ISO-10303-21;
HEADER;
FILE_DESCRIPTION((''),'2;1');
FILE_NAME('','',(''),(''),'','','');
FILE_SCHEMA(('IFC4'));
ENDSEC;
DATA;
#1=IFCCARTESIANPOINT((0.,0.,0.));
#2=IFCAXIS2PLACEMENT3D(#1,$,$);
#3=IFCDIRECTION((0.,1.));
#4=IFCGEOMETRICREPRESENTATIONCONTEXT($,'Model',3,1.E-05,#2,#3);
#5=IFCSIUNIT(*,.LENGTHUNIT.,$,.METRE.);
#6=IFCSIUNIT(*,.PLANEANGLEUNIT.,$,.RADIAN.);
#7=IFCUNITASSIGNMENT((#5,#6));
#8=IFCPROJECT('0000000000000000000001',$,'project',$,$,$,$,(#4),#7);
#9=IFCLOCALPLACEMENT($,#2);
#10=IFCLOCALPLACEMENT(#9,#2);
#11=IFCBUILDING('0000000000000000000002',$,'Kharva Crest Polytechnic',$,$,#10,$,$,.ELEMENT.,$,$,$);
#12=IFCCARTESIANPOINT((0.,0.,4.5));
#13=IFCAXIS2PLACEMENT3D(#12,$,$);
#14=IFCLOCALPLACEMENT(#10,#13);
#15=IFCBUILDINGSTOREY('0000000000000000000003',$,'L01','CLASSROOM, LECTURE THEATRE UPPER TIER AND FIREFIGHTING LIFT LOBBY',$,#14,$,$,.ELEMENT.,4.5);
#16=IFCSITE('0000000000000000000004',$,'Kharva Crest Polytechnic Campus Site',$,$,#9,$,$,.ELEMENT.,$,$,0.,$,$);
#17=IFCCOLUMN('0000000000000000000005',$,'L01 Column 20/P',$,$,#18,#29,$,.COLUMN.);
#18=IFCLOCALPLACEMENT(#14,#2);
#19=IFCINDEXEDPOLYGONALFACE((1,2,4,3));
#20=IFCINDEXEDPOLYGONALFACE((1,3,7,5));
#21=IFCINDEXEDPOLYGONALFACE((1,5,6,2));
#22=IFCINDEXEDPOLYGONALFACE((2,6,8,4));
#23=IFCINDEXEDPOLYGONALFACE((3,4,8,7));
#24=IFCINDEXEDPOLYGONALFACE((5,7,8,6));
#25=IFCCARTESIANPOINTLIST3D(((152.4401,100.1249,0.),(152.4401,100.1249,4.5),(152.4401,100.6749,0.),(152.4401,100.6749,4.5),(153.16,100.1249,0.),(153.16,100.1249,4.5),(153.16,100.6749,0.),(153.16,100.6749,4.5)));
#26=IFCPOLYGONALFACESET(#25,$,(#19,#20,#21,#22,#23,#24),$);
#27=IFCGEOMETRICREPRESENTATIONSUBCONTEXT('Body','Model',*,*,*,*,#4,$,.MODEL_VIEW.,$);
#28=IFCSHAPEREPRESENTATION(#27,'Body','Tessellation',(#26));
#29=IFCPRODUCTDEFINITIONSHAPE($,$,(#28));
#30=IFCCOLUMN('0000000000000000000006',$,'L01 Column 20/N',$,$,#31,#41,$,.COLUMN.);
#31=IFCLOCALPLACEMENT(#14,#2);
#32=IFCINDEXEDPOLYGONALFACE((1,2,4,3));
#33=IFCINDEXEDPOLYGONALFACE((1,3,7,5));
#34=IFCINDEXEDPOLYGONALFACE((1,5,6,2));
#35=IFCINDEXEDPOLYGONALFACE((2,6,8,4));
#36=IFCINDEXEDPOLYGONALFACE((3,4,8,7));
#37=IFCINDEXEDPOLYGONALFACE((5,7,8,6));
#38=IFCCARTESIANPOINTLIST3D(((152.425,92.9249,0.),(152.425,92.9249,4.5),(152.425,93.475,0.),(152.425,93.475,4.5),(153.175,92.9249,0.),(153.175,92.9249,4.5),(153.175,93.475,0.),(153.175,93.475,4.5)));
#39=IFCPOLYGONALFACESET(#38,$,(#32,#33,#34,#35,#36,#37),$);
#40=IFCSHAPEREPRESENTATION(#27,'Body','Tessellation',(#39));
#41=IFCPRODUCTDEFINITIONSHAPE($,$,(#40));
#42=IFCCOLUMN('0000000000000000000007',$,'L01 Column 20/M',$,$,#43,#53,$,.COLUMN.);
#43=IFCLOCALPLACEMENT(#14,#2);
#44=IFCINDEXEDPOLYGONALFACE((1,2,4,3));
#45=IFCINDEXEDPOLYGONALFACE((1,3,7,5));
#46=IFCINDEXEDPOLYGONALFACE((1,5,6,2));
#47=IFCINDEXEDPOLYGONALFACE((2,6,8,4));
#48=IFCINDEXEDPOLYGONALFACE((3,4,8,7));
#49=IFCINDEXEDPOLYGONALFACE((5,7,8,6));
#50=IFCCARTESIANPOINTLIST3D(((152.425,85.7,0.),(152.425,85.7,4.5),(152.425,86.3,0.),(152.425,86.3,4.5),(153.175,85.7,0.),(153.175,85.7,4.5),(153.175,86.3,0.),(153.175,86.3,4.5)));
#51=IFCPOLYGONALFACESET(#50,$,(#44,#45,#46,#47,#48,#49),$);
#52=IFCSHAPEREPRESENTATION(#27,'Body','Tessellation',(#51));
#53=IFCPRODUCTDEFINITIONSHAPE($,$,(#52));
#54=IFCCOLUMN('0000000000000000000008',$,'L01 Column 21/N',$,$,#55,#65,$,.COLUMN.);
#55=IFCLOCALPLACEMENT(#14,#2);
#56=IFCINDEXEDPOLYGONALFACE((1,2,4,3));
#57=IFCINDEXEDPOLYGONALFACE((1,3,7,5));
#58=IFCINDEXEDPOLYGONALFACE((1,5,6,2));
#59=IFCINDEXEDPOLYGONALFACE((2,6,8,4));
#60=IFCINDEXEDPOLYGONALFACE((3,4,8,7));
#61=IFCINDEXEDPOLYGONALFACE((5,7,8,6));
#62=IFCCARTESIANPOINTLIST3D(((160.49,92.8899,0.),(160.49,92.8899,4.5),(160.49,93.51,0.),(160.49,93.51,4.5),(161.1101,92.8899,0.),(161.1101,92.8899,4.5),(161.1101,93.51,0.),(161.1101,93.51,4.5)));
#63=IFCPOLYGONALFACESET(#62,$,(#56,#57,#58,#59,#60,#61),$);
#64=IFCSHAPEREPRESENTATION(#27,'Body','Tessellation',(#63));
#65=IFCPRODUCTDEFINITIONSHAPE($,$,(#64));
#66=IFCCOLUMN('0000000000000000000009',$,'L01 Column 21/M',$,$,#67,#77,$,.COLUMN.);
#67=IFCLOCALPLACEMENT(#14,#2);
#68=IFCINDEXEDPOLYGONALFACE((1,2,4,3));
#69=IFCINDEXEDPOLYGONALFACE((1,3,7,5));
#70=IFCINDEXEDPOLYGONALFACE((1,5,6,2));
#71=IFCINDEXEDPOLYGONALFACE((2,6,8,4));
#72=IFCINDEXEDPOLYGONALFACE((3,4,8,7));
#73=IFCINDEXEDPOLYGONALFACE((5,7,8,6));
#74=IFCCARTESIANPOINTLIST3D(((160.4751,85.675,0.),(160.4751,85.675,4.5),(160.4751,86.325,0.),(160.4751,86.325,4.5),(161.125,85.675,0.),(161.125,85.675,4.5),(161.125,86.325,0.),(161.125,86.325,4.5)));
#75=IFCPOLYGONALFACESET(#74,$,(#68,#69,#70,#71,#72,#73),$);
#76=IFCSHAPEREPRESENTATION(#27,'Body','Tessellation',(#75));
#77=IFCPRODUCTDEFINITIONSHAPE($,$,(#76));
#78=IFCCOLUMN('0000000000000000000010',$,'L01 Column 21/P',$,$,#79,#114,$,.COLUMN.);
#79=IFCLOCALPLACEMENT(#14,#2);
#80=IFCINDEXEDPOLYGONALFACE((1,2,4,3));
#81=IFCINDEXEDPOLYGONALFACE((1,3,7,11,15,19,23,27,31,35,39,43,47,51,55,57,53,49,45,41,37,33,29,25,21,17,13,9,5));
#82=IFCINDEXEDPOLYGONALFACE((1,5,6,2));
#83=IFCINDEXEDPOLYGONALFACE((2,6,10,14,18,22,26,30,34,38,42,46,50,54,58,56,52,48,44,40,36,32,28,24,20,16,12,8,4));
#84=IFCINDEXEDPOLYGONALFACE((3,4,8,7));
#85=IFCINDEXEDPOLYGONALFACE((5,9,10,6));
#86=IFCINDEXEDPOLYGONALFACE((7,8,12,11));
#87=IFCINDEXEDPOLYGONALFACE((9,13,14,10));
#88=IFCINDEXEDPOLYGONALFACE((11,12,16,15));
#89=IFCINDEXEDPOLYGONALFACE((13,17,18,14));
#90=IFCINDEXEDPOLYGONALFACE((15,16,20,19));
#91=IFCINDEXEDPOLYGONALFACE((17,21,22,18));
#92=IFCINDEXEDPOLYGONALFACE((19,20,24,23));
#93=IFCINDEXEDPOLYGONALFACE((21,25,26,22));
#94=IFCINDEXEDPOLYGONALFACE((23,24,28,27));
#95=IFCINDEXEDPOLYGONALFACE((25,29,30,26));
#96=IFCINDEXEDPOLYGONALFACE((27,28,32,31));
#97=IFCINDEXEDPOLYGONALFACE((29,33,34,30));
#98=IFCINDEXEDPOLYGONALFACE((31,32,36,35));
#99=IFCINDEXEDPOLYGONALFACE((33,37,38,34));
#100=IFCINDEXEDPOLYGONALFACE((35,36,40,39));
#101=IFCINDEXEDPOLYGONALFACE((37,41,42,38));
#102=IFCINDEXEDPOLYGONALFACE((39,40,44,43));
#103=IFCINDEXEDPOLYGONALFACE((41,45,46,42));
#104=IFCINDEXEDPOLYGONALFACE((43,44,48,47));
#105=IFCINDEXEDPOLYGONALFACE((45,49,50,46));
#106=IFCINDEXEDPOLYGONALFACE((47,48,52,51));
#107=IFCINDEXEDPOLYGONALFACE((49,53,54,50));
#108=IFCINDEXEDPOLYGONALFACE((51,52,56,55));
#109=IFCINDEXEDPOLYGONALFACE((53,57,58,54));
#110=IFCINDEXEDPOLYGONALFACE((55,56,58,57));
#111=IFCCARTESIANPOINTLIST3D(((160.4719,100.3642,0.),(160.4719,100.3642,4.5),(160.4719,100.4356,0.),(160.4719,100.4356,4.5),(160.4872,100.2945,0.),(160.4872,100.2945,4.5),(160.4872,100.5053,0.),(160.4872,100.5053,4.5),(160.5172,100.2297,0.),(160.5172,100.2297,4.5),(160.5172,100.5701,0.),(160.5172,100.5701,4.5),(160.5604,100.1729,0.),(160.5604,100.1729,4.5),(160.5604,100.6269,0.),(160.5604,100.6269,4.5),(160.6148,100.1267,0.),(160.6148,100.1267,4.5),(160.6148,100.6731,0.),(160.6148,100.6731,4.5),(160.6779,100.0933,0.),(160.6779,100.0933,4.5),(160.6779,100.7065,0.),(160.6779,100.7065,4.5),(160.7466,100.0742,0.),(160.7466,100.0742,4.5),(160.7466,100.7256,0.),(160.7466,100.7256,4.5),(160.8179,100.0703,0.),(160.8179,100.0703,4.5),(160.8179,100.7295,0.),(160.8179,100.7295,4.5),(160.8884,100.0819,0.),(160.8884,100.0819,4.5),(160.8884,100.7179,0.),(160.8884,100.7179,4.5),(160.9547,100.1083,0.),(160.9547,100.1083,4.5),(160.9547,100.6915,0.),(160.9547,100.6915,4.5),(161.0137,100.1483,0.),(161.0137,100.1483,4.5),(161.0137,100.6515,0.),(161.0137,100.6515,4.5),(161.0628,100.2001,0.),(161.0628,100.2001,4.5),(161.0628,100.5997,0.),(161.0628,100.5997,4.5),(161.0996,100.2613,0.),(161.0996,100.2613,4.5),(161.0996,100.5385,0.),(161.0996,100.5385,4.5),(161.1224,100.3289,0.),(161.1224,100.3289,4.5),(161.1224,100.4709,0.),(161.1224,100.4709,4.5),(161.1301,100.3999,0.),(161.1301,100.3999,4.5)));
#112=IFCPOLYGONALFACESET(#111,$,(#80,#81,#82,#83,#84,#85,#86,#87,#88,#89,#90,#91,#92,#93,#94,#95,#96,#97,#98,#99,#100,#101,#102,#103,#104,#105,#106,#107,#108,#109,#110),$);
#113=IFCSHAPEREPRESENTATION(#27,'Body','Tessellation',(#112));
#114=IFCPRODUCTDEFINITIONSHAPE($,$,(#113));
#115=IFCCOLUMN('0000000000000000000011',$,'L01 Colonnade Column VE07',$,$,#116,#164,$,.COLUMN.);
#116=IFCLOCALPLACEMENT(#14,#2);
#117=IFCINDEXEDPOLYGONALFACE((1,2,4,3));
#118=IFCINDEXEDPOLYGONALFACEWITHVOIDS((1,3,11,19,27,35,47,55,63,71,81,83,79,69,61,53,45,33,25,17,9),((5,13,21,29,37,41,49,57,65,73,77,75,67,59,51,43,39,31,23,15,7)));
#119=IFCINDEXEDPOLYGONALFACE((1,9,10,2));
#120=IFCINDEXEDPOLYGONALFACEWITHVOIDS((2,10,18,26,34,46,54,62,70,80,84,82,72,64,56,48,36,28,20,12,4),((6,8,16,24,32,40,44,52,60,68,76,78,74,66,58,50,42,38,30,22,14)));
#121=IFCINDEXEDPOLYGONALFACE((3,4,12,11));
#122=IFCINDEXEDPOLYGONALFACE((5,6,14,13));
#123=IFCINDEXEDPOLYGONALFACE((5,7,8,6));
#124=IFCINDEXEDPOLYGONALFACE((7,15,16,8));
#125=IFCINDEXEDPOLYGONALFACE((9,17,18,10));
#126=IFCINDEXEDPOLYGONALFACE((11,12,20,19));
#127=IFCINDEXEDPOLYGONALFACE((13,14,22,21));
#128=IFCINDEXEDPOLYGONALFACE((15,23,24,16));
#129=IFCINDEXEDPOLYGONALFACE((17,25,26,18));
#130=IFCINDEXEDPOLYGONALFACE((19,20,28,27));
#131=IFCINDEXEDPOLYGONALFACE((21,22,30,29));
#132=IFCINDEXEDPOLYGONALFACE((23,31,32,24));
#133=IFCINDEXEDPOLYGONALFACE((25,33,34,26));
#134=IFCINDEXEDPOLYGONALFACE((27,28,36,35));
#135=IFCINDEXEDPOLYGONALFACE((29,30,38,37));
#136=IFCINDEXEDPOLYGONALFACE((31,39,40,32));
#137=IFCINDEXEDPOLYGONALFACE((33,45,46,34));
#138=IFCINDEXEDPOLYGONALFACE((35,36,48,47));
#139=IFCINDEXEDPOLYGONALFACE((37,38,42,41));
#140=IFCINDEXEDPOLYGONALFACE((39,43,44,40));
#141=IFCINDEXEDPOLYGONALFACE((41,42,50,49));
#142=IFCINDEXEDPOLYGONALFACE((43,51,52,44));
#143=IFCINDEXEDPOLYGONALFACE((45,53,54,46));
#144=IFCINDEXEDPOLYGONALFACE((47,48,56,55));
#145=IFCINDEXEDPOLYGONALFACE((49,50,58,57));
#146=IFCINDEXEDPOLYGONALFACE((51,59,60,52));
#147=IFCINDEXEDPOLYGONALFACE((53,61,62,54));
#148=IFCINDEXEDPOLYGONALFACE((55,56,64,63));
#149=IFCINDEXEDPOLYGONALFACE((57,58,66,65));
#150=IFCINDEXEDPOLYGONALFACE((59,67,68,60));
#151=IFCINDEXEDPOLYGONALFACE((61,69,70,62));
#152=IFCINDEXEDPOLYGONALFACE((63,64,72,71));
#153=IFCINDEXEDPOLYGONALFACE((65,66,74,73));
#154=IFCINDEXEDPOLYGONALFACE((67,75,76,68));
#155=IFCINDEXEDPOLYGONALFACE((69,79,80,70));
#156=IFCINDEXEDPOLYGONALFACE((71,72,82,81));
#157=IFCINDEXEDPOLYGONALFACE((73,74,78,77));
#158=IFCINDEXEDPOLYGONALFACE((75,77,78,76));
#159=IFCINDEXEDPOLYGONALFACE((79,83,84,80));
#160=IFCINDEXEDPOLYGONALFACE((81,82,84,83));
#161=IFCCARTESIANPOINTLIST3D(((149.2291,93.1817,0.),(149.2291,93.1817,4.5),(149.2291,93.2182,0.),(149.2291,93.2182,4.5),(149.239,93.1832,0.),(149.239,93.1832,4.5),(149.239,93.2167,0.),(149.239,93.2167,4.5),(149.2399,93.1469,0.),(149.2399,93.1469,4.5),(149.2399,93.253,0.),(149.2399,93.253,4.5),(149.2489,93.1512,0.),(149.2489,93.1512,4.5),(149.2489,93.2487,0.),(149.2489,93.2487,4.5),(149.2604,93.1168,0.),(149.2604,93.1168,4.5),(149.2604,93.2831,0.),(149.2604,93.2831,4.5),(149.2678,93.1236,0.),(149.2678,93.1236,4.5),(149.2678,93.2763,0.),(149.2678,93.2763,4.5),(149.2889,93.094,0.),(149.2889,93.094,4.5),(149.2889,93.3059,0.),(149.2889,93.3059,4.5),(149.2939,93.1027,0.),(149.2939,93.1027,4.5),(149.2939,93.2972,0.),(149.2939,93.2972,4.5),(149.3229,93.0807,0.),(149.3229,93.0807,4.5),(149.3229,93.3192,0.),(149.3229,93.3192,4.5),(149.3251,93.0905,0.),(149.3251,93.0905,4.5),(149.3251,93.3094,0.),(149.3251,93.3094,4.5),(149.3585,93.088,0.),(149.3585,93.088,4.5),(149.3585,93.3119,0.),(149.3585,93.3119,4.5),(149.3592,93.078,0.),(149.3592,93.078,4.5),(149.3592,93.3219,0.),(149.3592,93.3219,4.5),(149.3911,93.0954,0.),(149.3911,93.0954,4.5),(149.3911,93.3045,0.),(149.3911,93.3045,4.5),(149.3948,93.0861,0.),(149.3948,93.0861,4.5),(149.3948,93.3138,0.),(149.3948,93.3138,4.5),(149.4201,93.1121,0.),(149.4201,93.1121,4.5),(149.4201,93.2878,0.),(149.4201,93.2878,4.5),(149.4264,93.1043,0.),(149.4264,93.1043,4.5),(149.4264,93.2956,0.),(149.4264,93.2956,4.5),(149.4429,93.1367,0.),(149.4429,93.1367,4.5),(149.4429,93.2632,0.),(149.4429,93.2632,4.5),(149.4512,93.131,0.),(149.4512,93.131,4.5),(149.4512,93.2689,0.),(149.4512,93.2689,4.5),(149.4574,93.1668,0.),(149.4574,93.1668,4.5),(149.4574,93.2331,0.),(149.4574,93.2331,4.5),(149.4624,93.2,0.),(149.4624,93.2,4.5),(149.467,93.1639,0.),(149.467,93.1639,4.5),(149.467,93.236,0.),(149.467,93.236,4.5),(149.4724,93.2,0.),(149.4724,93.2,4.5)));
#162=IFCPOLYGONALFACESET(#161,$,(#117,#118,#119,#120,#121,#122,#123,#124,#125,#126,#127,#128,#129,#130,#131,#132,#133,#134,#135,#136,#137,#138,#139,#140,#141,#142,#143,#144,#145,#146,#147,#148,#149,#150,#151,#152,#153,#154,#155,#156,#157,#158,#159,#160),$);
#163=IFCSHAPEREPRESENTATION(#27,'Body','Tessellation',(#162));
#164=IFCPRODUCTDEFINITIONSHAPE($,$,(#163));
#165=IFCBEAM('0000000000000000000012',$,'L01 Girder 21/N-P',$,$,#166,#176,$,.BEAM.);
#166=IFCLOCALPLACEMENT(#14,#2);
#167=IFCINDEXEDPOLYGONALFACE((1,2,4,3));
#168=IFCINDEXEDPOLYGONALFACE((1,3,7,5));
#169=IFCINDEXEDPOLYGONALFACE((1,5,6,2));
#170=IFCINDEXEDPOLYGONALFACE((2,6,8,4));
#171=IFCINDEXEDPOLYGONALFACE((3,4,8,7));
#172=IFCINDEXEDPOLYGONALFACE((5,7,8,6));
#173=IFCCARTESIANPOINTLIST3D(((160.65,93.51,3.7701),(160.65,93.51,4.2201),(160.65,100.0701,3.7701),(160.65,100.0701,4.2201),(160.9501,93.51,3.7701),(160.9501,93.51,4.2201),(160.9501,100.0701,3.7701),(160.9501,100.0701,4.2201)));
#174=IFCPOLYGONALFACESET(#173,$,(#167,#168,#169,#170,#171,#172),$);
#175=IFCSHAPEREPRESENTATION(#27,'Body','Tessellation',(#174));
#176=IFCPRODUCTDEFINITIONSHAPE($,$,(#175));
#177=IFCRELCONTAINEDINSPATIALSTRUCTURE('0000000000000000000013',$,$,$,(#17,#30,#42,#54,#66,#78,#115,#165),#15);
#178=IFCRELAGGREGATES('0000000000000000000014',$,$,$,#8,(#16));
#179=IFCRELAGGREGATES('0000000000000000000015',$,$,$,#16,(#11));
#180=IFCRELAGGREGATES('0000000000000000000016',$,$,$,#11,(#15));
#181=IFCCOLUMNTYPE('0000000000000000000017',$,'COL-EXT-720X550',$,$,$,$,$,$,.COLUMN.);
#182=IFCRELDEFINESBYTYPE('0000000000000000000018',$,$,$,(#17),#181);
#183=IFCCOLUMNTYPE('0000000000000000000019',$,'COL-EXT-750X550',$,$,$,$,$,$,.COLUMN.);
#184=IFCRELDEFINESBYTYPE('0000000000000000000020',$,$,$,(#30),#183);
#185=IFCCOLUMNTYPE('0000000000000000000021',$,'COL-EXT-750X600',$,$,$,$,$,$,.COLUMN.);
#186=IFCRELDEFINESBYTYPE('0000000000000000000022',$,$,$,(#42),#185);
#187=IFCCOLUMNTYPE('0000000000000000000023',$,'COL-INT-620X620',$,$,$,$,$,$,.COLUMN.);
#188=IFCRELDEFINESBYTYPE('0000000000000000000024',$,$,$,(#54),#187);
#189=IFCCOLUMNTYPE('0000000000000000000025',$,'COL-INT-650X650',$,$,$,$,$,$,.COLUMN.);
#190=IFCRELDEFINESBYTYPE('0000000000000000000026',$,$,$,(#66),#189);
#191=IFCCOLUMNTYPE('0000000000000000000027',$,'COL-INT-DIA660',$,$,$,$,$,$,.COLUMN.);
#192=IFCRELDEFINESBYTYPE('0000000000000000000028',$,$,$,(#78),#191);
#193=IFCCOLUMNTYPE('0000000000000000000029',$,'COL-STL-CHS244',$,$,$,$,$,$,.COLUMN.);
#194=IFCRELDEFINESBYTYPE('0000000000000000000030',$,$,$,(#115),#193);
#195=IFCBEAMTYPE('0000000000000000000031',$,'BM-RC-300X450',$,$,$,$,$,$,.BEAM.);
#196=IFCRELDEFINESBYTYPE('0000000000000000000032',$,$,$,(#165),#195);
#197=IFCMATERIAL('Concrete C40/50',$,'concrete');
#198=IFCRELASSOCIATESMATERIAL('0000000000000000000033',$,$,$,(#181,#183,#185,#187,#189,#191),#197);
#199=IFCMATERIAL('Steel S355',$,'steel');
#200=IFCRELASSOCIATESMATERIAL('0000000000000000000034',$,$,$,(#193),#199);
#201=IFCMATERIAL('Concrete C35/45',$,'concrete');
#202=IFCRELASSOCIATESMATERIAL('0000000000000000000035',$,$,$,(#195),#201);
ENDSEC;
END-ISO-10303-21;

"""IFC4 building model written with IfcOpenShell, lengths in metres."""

from ifc_helpers import new_model, si_unit, direction, frame, origin, origin_2d, place, context, subcontext, project, spatial, rectangle, circle, hollow_circle, extrude, material, material_profile, profile_set, type_object, element, save


model = new_model("IFC4")

# Units and contexts
model_context = context("Model", 3, precision=1e-05, world=origin(), true_north=direction((0.0, 1.0)))
body_context = subcontext(model_context, "Body", "Model", "MODEL_VIEW")
ifc_project = project(units=[si_unit("LENGTHUNIT", "METRE"), si_unit("PLANEANGLEUNIT", "RADIAN")], contexts=[model_context])

# Site, building, storey
site_placement = place(None, origin())
site = spatial("IfcSite", under=ifc_project, at=site_placement, Name="Kharva Crest Polytechnic Campus Site", CompositionType="ELEMENT", RefElevation=0.0)
building_placement = place(site_placement, origin())
building = spatial("IfcBuilding", under=site, at=building_placement, Name="Kharva Crest Polytechnic", CompositionType="ELEMENT")
storey_placement = place(building_placement, frame((0.0, 0.0, 4.5)))
storey = spatial("IfcBuildingStorey", under=building, at=storey_placement, Name="L01", Description="CLASSROOM, LECTURE THEATRE UPPER TIER AND FIREFIGHTING LIFT LOBBY", CompositionType="ELEMENT", Elevation=4.5)

# Columns
ifc_material_1 = material(Name="Concrete C40/50", Category="concrete")
ifc_material_profile_1 = material_profile(ifc_material_1, rectangle(XDim=0.72, YDim=0.55, at=origin_2d()), Name="RECT 720 X 550")
ifc_profile_set_1 = profile_set([ifc_material_profile_1], Name="Concrete C40/50")
column_type_1 = type_object("IfcColumnType", Name="COL-EXT-720X550", PredefinedType="COLUMN", material=ifc_profile_set_1)
column_1_placement = place(storey_placement, frame((152.8, 100.3999, 0.0), z_axis=(0.0, 0.0, 1.0), x_axis=(1.0, 0.0, 0.0)))
element("IfcColumn", 1, at=column_1_placement, inside=storey, type_object=column_type_1, Name="L01 Column 20/P", PredefinedType="COLUMN", context=body_context, shape_type="SweptSolid", body=[
    extrude(rectangle(XDim=0.72, YDim=0.55, at=origin_2d()), origin(), (0.0, 0.0, 1.0), 4.5),
])
ifc_material_profile_2 = material_profile(ifc_material_1, rectangle(XDim=0.75, YDim=0.55, at=origin_2d()), Name="RECT 750 X 550")
ifc_profile_set_2 = profile_set([ifc_material_profile_2], Name="Concrete C40/50")
column_type_2 = type_object("IfcColumnType", Name="COL-EXT-750X550", PredefinedType="COLUMN", material=ifc_profile_set_2)
column_2_placement = place(storey_placement, frame((152.8, 93.2, 0.0), z_axis=(0.0, 0.0, 1.0), x_axis=(1.0, 0.0, 0.0)))
element("IfcColumn", 2, at=column_2_placement, inside=storey, type_object=column_type_2, Name="L01 Column 20/N", PredefinedType="COLUMN", context=body_context, shape_type="SweptSolid", body=[
    extrude(rectangle(XDim=0.75, YDim=0.55, at=origin_2d()), origin(), (0.0, 0.0, 1.0), 4.5),
])
ifc_material_profile_3 = material_profile(ifc_material_1, rectangle(XDim=0.75, YDim=0.6001, at=origin_2d()), Name="RECT 750 X 600")
ifc_profile_set_3 = profile_set([ifc_material_profile_3], Name="Concrete C40/50")
column_type_3 = type_object("IfcColumnType", Name="COL-EXT-750X600", PredefinedType="COLUMN", material=ifc_profile_set_3)
column_3_placement = place(storey_placement, frame((152.8, 86.0, 0.0), z_axis=(0.0, 0.0, 1.0), x_axis=(1.0, 0.0, 0.0)))
element("IfcColumn", 3, at=column_3_placement, inside=storey, type_object=column_type_3, Name="L01 Column 20/M", PredefinedType="COLUMN", context=body_context, shape_type="SweptSolid", body=[
    extrude(rectangle(XDim=0.75, YDim=0.6001, at=origin_2d()), origin(), (0.0, 0.0, 1.0), 4.5),
])
ifc_material_profile_4 = material_profile(ifc_material_1, rectangle(XDim=0.6201, YDim=0.6201, at=origin_2d()), Name="RECT 620 X 620")
ifc_profile_set_4 = profile_set([ifc_material_profile_4], Name="Concrete C40/50")
column_type_4 = type_object("IfcColumnType", Name="COL-INT-620X620", PredefinedType="COLUMN", material=ifc_profile_set_4)
column_4_placement = place(storey_placement, frame((160.8, 93.2, 0.0), z_axis=(0.0, 0.0, 1.0), x_axis=(1.0, 0.0, 0.0)))
element("IfcColumn", 4, at=column_4_placement, inside=storey, type_object=column_type_4, Name="L01 Column 21/N", PredefinedType="COLUMN", context=body_context, shape_type="SweptSolid", body=[
    extrude(rectangle(XDim=0.6201, YDim=0.6201, at=origin_2d()), origin(), (0.0, 0.0, 1.0), 4.5),
])
ifc_material_profile_5 = material_profile(ifc_material_1, rectangle(XDim=0.6499, YDim=0.6499, at=origin_2d()), Name="RECT 650 X 650")
ifc_profile_set_5 = profile_set([ifc_material_profile_5], Name="Concrete C40/50")
column_type_5 = type_object("IfcColumnType", Name="COL-INT-650X650", PredefinedType="COLUMN", material=ifc_profile_set_5)
column_5_placement = place(storey_placement, frame((160.8, 86.0, 0.0), z_axis=(0.0, 0.0, 1.0), x_axis=(1.0, 0.0, 0.0)))
element("IfcColumn", 5, at=column_5_placement, inside=storey, type_object=column_type_5, Name="L01 Column 21/M", PredefinedType="COLUMN", context=body_context, shape_type="SweptSolid", body=[
    extrude(rectangle(XDim=0.6499, YDim=0.6499, at=origin_2d()), origin(), (0.0, 0.0, 1.0), 4.5),
])
ifc_material_profile_6 = material_profile(ifc_material_1, circle(Radius=0.3301, at=origin_2d()), Name="DIA 660")
ifc_profile_set_6 = profile_set([ifc_material_profile_6], Name="Concrete C40/50")
column_type_6 = type_object("IfcColumnType", Name="COL-INT-DIA660", PredefinedType="COLUMN", material=ifc_profile_set_6)
column_6_placement = place(storey_placement, frame((160.8, 100.3999, 0.0), z_axis=(0.0, 0.0, 1.0), x_axis=(1.0, 0.0, 0.0)))
element("IfcColumn", 6, at=column_6_placement, inside=storey, type_object=column_type_6, Name="L01 Column 21/P", PredefinedType="COLUMN", context=body_context, shape_type="SweptSolid", body=[
    extrude(circle(Radius=0.3301, at=origin_2d()), origin(), (0.0, 0.0, 1.0), 4.5),
])
ifc_material_2 = material(Name="Steel S355", Category="steel")
ifc_material_profile_7 = material_profile(ifc_material_2, hollow_circle(Radius=0.1223, WallThickness=0.01, at=origin_2d()), Name="CHS 244.5X10.0")
ifc_profile_set_7 = profile_set([ifc_material_profile_7], Name="Steel S355")
column_type_7 = type_object("IfcColumnType", Name="COL-STL-CHS244", PredefinedType="COLUMN", material=ifc_profile_set_7)
column_7_placement = place(storey_placement, frame((149.3501, 93.2, 0.0), z_axis=(0.0, 0.0, 1.0), x_axis=(1.0, 0.0, 0.0)))
element("IfcColumn", 7, at=column_7_placement, inside=storey, type_object=column_type_7, Name="L01 Colonnade Column VE07", PredefinedType="COLUMN", context=body_context, shape_type="SweptSolid", body=[
    extrude(hollow_circle(Radius=0.1223, WallThickness=0.01, at=origin_2d()), origin(), (0.0, 0.0, 1.0), 4.5),
])

# Beam
ifc_material_3 = material(Name="Concrete C35/45", Category="concrete")
ifc_material_profile_8 = material_profile(ifc_material_3, rectangle(XDim=0.3, YDim=0.45, at=origin_2d()), Name="RECT 300 X 450")
ifc_profile_set_8 = profile_set([ifc_material_profile_8], Name="Concrete C35/45")
beam_type_1 = type_object("IfcBeamType", Name="BM-RC-300X450", PredefinedType="BEAM", material=ifc_profile_set_8)
beam_1_placement = place(storey_placement, frame((160.8, 93.51, 3.9951), z_axis=(0.0, 1.0, 0.0), x_axis=(-1.0, 0.0, 0.0)))
element("IfcBeam", 8, at=beam_1_placement, inside=storey, type_object=beam_type_1, Name="L01 Girder 21/N-P", PredefinedType="BEAM", context=body_context, shape_type="SweptSolid", body=[
    extrude(rectangle(XDim=0.3, YDim=0.45, at=origin_2d()), origin(), (0.0, 0.0, 1.0), 6.5601),
])

save(model, "model.ifc")
